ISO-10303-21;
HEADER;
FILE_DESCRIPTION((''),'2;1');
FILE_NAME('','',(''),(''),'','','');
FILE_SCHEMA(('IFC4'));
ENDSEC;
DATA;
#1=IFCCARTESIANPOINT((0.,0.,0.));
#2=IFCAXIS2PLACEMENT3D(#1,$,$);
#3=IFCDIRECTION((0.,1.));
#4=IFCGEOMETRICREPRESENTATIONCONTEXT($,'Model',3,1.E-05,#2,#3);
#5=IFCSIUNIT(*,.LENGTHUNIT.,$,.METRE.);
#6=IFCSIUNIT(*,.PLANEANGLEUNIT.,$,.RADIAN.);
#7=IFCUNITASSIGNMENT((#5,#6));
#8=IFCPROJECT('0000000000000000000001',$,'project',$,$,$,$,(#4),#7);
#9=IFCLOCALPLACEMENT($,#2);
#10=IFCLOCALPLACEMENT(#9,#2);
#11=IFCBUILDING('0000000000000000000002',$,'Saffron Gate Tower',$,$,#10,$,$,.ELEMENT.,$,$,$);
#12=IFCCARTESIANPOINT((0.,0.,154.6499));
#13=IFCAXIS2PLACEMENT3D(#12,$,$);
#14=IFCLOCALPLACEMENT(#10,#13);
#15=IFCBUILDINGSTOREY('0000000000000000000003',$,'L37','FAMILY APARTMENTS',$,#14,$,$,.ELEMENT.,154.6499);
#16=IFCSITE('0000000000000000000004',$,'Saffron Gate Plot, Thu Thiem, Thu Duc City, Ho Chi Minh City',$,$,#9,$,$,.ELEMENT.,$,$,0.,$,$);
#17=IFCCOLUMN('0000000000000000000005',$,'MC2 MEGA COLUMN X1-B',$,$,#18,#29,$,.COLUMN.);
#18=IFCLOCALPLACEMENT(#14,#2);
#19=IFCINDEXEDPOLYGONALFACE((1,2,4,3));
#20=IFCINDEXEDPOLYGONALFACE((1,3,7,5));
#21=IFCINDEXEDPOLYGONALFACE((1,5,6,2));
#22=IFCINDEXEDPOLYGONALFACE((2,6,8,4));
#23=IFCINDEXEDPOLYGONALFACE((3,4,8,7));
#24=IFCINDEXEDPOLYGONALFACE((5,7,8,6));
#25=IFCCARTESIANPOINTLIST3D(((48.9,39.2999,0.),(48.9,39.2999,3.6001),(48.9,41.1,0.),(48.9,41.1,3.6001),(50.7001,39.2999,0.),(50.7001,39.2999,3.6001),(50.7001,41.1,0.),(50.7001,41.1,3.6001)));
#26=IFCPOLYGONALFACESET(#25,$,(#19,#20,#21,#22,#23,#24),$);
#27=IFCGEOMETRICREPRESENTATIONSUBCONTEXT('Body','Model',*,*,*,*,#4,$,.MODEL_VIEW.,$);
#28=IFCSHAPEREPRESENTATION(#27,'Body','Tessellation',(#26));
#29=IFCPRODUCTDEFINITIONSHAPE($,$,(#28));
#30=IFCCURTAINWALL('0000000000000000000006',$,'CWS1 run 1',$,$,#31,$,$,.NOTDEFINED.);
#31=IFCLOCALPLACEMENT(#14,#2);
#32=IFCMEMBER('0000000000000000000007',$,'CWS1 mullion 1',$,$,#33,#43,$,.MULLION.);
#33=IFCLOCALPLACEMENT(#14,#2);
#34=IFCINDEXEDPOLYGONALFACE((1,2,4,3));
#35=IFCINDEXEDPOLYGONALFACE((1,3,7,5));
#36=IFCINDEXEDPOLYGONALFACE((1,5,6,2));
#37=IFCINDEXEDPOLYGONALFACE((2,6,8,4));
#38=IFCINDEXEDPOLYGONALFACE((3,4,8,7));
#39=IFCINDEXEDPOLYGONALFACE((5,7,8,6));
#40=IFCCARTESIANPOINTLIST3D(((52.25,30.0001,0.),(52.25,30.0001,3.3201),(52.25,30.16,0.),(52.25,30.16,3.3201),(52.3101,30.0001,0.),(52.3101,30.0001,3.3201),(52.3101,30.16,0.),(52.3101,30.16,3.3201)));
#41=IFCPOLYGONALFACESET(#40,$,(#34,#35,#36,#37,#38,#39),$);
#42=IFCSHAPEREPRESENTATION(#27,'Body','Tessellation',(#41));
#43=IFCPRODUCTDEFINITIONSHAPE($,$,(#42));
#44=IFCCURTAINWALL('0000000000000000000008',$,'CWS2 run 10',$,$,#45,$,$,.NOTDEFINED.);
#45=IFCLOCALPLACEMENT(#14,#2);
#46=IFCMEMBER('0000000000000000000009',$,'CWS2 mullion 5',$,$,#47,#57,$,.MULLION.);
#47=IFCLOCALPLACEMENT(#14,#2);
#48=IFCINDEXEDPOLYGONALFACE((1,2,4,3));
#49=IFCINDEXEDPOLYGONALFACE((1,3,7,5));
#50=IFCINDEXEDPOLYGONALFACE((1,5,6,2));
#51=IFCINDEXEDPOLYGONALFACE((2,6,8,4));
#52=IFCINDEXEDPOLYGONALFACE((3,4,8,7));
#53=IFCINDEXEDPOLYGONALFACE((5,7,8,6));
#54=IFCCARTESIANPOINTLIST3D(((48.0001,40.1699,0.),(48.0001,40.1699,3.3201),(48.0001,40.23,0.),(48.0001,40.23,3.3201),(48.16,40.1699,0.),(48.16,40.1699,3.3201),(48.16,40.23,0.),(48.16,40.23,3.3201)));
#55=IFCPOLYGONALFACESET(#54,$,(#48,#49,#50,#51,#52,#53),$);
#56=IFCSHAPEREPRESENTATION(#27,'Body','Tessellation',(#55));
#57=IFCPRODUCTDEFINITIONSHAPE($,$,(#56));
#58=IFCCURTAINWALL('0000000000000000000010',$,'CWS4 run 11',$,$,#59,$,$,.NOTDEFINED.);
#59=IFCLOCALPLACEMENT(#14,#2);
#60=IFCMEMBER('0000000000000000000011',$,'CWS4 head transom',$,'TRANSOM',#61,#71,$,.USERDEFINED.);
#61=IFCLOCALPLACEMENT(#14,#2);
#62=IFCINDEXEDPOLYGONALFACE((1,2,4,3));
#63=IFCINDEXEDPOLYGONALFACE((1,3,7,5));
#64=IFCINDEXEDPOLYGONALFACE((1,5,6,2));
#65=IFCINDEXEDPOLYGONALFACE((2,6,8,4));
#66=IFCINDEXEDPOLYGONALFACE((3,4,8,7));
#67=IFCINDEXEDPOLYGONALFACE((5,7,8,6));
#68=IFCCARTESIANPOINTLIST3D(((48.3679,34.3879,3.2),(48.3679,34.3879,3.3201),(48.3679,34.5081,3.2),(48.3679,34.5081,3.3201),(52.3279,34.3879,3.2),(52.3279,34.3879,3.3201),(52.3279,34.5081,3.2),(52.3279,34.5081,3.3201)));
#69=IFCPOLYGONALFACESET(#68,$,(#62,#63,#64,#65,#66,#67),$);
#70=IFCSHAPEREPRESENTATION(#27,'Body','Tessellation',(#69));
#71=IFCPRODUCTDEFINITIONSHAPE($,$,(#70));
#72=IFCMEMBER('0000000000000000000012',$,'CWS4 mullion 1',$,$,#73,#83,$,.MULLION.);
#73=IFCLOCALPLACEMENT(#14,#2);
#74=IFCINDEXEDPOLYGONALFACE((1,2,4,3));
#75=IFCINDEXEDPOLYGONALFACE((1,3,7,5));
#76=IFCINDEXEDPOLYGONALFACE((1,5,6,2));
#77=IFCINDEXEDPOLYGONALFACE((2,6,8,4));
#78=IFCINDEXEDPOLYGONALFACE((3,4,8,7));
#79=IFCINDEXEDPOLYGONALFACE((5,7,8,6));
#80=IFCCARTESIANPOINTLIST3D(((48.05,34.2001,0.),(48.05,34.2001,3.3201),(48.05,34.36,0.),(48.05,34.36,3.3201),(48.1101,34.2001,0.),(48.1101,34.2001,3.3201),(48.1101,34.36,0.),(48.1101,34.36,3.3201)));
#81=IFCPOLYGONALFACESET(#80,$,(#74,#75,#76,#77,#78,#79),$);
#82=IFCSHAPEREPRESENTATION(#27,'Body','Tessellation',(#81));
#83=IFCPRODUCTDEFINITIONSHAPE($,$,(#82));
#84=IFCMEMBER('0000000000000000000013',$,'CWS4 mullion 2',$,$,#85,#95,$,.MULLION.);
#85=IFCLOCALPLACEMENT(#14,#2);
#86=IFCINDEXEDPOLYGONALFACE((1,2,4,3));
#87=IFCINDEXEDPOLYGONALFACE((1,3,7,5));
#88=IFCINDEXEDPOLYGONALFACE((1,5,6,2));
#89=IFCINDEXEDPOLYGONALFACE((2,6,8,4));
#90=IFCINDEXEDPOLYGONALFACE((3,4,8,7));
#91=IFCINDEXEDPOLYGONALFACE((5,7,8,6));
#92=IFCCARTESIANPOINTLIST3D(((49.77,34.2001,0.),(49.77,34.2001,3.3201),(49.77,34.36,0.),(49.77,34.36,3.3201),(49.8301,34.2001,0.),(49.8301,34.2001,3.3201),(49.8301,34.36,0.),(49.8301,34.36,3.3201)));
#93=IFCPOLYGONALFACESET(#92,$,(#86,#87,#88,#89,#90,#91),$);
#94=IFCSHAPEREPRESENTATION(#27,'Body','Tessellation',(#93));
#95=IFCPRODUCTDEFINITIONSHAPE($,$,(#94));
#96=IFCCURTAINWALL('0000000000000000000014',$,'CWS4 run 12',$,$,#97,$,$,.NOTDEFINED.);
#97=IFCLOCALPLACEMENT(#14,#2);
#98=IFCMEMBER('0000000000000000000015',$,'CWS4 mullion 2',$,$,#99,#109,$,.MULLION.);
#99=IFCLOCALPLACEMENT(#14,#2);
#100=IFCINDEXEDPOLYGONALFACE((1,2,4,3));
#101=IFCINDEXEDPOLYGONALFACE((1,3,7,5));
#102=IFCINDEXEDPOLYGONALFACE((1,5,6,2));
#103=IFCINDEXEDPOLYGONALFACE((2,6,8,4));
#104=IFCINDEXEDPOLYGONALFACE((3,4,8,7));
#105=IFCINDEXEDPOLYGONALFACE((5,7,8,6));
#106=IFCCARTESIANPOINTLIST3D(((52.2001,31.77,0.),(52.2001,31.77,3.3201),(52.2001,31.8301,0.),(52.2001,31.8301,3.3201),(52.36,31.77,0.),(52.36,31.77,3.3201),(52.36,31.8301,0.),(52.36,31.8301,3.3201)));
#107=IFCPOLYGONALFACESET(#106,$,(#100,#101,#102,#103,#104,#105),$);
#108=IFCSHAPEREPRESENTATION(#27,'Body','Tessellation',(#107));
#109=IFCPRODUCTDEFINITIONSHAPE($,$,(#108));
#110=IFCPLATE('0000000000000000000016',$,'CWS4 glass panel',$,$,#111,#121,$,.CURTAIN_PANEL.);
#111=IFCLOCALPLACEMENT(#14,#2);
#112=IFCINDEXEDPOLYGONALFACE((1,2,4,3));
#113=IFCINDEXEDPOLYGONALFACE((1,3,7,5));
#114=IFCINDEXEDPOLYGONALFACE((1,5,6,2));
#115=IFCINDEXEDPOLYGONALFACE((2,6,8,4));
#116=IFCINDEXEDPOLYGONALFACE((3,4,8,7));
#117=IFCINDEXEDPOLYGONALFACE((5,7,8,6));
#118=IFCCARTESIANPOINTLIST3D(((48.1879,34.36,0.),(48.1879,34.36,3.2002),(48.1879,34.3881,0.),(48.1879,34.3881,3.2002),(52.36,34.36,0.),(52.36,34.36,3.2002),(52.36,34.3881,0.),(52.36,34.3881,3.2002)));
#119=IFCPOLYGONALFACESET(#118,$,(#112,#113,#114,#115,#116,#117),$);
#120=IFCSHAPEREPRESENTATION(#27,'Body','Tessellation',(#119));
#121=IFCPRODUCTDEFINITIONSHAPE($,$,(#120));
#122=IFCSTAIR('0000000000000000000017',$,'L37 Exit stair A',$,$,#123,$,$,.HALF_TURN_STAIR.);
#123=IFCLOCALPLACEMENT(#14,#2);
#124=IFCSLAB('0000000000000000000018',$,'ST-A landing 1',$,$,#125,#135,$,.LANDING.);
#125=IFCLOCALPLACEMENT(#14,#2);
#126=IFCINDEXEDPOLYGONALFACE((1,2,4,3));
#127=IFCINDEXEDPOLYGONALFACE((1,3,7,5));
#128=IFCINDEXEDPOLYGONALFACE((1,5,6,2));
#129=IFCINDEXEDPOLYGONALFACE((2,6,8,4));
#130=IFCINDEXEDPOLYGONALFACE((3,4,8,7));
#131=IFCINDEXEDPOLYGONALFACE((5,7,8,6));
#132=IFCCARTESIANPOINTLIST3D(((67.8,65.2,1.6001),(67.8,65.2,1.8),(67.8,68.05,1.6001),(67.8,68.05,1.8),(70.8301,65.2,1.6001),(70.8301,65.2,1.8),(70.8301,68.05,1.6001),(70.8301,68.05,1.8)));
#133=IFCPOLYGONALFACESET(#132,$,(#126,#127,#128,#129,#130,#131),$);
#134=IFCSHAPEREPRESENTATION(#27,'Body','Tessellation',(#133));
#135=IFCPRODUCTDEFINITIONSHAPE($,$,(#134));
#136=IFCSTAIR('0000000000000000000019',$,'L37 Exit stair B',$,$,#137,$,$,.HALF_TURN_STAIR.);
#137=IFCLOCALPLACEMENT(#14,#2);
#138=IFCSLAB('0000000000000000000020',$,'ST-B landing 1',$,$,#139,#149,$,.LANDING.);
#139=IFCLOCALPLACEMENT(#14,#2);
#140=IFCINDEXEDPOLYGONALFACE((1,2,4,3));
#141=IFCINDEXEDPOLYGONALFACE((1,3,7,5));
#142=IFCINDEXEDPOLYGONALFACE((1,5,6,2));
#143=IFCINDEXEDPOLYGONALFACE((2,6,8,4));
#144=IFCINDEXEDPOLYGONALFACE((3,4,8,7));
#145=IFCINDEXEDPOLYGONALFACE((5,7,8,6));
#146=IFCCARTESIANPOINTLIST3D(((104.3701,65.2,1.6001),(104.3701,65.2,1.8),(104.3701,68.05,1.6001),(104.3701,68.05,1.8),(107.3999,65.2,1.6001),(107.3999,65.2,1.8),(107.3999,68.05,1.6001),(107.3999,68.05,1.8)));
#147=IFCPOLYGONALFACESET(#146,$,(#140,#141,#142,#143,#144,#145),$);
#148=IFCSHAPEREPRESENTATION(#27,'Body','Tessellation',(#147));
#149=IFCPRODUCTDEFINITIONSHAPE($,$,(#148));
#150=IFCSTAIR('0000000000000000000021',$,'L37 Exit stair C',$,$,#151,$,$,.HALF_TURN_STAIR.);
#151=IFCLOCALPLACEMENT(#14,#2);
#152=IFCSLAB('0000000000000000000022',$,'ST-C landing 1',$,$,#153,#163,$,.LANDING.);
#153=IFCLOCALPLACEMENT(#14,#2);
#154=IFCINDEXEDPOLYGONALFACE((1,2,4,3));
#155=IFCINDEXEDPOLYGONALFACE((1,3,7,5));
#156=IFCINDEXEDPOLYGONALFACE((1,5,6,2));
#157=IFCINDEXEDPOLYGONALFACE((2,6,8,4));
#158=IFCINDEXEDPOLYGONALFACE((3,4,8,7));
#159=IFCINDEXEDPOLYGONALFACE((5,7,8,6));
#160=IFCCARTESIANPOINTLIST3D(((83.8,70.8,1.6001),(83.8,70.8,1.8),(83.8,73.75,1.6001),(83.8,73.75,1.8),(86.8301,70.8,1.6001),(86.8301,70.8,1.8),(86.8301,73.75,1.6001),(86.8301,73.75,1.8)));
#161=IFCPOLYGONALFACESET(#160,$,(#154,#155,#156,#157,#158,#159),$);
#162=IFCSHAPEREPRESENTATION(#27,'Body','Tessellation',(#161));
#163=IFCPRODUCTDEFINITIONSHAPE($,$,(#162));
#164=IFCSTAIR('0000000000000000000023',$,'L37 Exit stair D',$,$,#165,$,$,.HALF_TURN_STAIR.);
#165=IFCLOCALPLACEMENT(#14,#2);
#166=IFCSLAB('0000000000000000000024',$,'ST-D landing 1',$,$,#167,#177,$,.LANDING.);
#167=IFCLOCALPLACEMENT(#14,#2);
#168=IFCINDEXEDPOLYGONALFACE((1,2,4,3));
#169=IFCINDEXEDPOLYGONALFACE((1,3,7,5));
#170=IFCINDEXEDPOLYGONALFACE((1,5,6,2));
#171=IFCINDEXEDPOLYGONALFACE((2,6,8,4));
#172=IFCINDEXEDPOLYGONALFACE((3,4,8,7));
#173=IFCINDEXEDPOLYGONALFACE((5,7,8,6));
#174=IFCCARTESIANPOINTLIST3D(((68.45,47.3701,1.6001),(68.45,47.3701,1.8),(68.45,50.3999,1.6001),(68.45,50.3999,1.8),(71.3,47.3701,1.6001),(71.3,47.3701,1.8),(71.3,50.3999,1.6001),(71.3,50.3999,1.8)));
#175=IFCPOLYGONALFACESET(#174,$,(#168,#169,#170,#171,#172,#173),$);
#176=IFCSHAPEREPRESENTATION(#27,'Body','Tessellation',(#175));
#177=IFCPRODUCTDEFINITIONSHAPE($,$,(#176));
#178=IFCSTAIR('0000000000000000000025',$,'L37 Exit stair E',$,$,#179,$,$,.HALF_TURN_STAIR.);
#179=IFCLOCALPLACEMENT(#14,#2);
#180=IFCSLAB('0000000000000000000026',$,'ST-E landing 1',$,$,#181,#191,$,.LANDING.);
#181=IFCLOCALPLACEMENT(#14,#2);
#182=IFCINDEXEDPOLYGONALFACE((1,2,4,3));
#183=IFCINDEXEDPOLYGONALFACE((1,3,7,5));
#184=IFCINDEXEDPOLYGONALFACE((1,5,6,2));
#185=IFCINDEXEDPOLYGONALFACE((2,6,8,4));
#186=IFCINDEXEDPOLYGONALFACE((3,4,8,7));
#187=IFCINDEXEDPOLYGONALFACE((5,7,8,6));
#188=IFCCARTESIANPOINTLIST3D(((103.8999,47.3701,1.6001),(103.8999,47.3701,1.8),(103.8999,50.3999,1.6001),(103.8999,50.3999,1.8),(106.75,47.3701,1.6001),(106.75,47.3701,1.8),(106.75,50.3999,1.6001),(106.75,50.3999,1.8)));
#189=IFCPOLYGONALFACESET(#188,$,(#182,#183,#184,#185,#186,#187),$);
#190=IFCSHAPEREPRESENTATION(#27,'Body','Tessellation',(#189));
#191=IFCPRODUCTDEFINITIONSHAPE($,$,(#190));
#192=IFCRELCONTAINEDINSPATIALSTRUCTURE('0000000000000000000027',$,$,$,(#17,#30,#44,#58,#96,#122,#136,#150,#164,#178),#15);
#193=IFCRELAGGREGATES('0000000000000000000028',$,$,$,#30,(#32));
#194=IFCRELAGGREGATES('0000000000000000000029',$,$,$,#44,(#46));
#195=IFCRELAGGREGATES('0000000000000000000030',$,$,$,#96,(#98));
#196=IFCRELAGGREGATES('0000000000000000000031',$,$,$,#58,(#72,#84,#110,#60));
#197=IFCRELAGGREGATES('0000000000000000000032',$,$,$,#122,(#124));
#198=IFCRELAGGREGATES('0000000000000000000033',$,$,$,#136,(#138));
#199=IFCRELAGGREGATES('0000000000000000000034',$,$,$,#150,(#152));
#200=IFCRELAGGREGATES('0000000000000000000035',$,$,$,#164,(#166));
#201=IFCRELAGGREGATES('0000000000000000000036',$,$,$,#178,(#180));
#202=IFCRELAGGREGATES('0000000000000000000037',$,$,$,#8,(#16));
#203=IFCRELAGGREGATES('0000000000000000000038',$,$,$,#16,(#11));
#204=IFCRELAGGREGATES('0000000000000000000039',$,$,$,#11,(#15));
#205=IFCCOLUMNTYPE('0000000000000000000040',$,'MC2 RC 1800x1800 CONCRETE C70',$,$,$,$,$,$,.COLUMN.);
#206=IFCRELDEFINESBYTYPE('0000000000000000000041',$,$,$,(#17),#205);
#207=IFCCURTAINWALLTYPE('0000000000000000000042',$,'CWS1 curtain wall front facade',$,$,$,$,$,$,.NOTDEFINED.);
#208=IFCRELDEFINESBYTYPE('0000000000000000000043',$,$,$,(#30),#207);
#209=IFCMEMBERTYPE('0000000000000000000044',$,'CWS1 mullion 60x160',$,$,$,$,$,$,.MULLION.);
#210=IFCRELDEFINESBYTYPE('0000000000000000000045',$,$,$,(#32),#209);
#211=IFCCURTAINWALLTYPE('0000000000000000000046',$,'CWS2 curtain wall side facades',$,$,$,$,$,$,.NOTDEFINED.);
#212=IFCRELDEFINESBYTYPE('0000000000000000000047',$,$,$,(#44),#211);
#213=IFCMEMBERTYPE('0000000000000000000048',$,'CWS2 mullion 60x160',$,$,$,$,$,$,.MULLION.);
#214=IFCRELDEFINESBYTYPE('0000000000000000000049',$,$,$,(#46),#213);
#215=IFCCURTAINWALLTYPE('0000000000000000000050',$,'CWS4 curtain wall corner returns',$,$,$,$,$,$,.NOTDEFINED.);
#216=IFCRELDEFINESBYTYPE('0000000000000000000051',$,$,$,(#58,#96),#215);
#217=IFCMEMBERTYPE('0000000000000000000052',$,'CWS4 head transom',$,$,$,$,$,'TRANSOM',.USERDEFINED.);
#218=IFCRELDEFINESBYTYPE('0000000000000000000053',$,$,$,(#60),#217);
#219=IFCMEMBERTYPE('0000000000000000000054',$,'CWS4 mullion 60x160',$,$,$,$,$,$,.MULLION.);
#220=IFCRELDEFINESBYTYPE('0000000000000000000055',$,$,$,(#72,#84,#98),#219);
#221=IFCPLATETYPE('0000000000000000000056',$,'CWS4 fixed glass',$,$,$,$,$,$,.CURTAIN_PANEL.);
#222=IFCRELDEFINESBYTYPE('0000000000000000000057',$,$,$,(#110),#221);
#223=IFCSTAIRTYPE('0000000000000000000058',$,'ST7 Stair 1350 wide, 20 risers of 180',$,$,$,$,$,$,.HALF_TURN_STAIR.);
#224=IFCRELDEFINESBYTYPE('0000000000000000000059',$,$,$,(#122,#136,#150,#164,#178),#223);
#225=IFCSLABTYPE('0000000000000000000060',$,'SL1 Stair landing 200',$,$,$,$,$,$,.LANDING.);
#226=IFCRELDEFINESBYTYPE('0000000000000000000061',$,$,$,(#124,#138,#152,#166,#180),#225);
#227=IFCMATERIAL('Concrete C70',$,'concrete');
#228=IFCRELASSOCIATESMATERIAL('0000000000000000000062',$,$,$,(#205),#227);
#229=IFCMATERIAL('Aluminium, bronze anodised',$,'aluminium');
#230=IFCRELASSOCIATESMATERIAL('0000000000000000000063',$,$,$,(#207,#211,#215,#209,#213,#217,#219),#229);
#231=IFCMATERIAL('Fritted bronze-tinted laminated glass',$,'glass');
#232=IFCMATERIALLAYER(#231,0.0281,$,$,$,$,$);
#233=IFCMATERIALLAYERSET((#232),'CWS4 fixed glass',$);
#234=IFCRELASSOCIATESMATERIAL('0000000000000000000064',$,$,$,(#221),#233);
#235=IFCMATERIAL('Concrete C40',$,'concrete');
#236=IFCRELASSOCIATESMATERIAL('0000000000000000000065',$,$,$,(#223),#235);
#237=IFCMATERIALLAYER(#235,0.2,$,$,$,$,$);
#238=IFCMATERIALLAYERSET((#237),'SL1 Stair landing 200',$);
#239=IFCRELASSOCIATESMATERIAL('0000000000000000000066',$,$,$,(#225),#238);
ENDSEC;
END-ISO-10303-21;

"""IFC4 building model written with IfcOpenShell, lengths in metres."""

from ifc_helpers import new_model, si_unit, direction, frame, frame_2d, origin, origin_2d, place, context, subcontext, project, spatial, polyline, rectangle, outline, extrude, material, layer, layer_set, material_profile, profile_set, type_object, element, aggregate, save


model = new_model("IFC4")

# Units and contexts
model_context = context("Model", 3, precision=1e-05, world=origin(), true_north=direction((0.0, 1.0)))
body_context = subcontext(model_context, "Body", "Model", "MODEL_VIEW")
ifc_project = project(units=[si_unit("LENGTHUNIT", "METRE"), si_unit("PLANEANGLEUNIT", "RADIAN")], contexts=[model_context])

# Site, building, storey
site_placement = place(None, origin())
site = spatial("IfcSite", under=ifc_project, at=site_placement, Name="Saffron Gate Plot, Thu Thiem, Thu Duc City, Ho Chi Minh City", CompositionType="ELEMENT", RefElevation=0.0)
building_placement = place(site_placement, origin())
building = spatial("IfcBuilding", under=site, at=building_placement, Name="Saffron Gate Tower", CompositionType="ELEMENT")
storey_placement = place(building_placement, frame((0.0, 0.0, 154.6499)))
storey = spatial("IfcBuildingStorey", under=building, at=storey_placement, Name="L37", Description="FAMILY APARTMENTS", CompositionType="ELEMENT", Elevation=154.6499)

# Column
ifc_material_1 = material(Name="Concrete C70", Category="concrete")
ifc_material_profile_1 = material_profile(ifc_material_1, rectangle(XDim=1.8, YDim=1.8, at=origin_2d()))
ifc_profile_set_1 = profile_set([ifc_material_profile_1], Name="Concrete C70")
column_type = type_object("IfcColumnType", Name="MC2 RC 1800x1800 CONCRETE C70", PredefinedType="COLUMN", material=ifc_profile_set_1)
column_placement = place(storey_placement, frame((49.8, 40.2, 0.0), z_axis=(0.0, 0.0, 1.0), x_axis=(1.0, 0.0, 0.0)))
element("IfcColumn", 1, at=column_placement, inside=storey, type_object=column_type, Name="MC2 MEGA COLUMN X1-B", PredefinedType="COLUMN", context=body_context, shape_type="SweptSolid", body=[
    extrude(rectangle(XDim=1.8, YDim=1.8, at=origin_2d()), origin(), (0.0, 0.0, 1.0), 3.6001),
])

# Curtain walls, members
ifc_material_2 = material(Name="Aluminium, bronze anodised", Category="aluminium")
curtain_wall_type_1 = type_object("IfcCurtainWallType", Name="CWS1 curtain wall front facade", PredefinedType="NOTDEFINED", material=ifc_material_2)
curtain_wall_1_placement = place(storey_placement, origin())
curtain_wall_1 = element("IfcCurtainWall", 2, at=curtain_wall_1_placement, inside=storey, type_object=curtain_wall_type_1, Name="CWS1 run 1", PredefinedType="NOTDEFINED")
ifc_material_profile_2 = material_profile(ifc_material_2, rectangle(XDim=0.1599, YDim=0.0601, at=origin_2d()))
ifc_profile_set_2 = profile_set([ifc_material_profile_2], Name="Aluminium, bronze anodised")
member_type_1 = type_object("IfcMemberType", Name="CWS1 mullion 60x160", PredefinedType="MULLION", material=ifc_profile_set_2)
member_1_placement = place(storey_placement, frame((52.28, 30.0801, 0.0), z_axis=(0.0, 0.0, 1.0), x_axis=(0.0, 1.0, 0.0)))
member_1 = element("IfcMember", 3, at=member_1_placement, type_object=member_type_1, Name="CWS1 mullion 1", PredefinedType="MULLION", context=body_context, shape_type="SweptSolid", body=[
    extrude(rectangle(XDim=0.1599, YDim=0.0601, at=origin_2d()), origin(), (0.0, 0.0, 1.0), 3.3201),
])
aggregate(curtain_wall_1, [member_1])
curtain_wall_type_2 = type_object("IfcCurtainWallType", Name="CWS2 curtain wall side facades", PredefinedType="NOTDEFINED", material=ifc_material_2)
curtain_wall_2_placement = place(storey_placement, origin())
curtain_wall_2 = element("IfcCurtainWall", 4, at=curtain_wall_2_placement, inside=storey, type_object=curtain_wall_type_2, Name="CWS2 run 10", PredefinedType="NOTDEFINED")
ifc_material_profile_3 = material_profile(ifc_material_2, rectangle(XDim=0.1599, YDim=0.0601, at=origin_2d()))
ifc_profile_set_3 = profile_set([ifc_material_profile_3], Name="Aluminium, bronze anodised")
member_type_2 = type_object("IfcMemberType", Name="CWS2 mullion 60x160", PredefinedType="MULLION", material=ifc_profile_set_3)
member_2_placement = place(storey_placement, frame((48.0801, 40.2, 0.0), z_axis=(0.0, 0.0, 1.0), x_axis=(1.0, 0.0, 0.0)))
member_2 = element("IfcMember", 5, at=member_2_placement, type_object=member_type_2, Name="CWS2 mullion 5", PredefinedType="MULLION", context=body_context, shape_type="SweptSolid", body=[
    extrude(rectangle(XDim=0.1599, YDim=0.0601, at=origin_2d()), origin(), (0.0, 0.0, 1.0), 3.3201),
])
aggregate(curtain_wall_2, [member_2])

# Curtain wall, members
curtain_wall_type_3 = type_object("IfcCurtainWallType", Name="CWS4 curtain wall corner returns", PredefinedType="NOTDEFINED", material=ifc_material_2)
curtain_wall_3_placement = place(storey_placement, origin())
curtain_wall_3 = element("IfcCurtainWall", 6, at=curtain_wall_3_placement, inside=storey, type_object=curtain_wall_type_3, Name="CWS4 run 11", PredefinedType="NOTDEFINED")
ifc_material_profile_4 = material_profile(ifc_material_2, rectangle(XDim=0.1201, YDim=0.1201, at=origin_2d()))
ifc_profile_set_4 = profile_set([ifc_material_profile_4], Name="Aluminium, bronze anodised")
member_type_3 = type_object("IfcMemberType", Name="CWS4 head transom", ElementType="TRANSOM", PredefinedType="USERDEFINED", material=ifc_profile_set_4)
member_3_placement = place(storey_placement, frame((48.3679, 34.448, 3.26), z_axis=(1.0, 0.0, 0.0), x_axis=(0.0, 1.0, 0.0)))
member_3 = element("IfcMember", 7, at=member_3_placement, type_object=member_type_3, Name="CWS4 head transom", ObjectType="TRANSOM", PredefinedType="USERDEFINED", context=body_context, shape_type="SweptSolid", body=[
    extrude(rectangle(XDim=0.1201, YDim=0.1201, at=origin_2d()), origin(), (0.0, 0.0, 1.0), 3.96),
])
ifc_material_profile_5 = material_profile(ifc_material_2, rectangle(XDim=0.1599, YDim=0.0601, at=origin_2d()))
ifc_profile_set_5 = profile_set([ifc_material_profile_5], Name="Aluminium, bronze anodised")
member_type_4 = type_object("IfcMemberType", Name="CWS4 mullion 60x160", PredefinedType="MULLION", material=ifc_profile_set_5)
member_4_placement = place(storey_placement, frame((48.0801, 34.28, 0.0), z_axis=(0.0, 0.0, 1.0), x_axis=(0.0, 1.0, 0.0)))
member_4 = element("IfcMember", 8, at=member_4_placement, type_object=member_type_4, Name="CWS4 mullion 1", PredefinedType="MULLION", context=body_context, shape_type="SweptSolid", body=[
    extrude(rectangle(XDim=0.1599, YDim=0.0601, at=origin_2d()), origin(), (0.0, 0.0, 1.0), 3.3201),
])
member_5_placement = place(storey_placement, frame((49.8, 34.28, 0.0), z_axis=(0.0, 0.0, 1.0), x_axis=(0.0, 1.0, 0.0)))
member_5 = element("IfcMember", 9, at=member_5_placement, type_object=member_type_4, Name="CWS4 mullion 2", PredefinedType="MULLION", context=body_context, shape_type="SweptSolid", body=[
    extrude(rectangle(XDim=0.1599, YDim=0.0601, at=origin_2d()), origin(), (0.0, 0.0, 1.0), 3.3201),
])

# Curtain wall, member
curtain_wall_4_placement = place(storey_placement, origin())
curtain_wall_4 = element("IfcCurtainWall", 10, at=curtain_wall_4_placement, inside=storey, type_object=curtain_wall_type_3, Name="CWS4 run 12", PredefinedType="NOTDEFINED")
member_6_placement = place(storey_placement, frame((52.28, 31.8, 0.0), z_axis=(0.0, 0.0, 1.0), x_axis=(1.0, 0.0, 0.0)))
member_6 = element("IfcMember", 11, at=member_6_placement, type_object=member_type_4, Name="CWS4 mullion 2", PredefinedType="MULLION", context=body_context, shape_type="SweptSolid", body=[
    extrude(rectangle(XDim=0.1599, YDim=0.0601, at=origin_2d()), origin(), (0.0, 0.0, 1.0), 3.3201),
])
aggregate(curtain_wall_4, [member_6])

# Plate
ifc_material_3 = material(Name="Fritted bronze-tinted laminated glass", Category="glass")
ifc_layer_1 = layer(ifc_material_3, 0.0281)
ifc_layer_set_1 = layer_set([ifc_layer_1], Name="CWS4 fixed glass")
plate_type_1 = type_object("IfcPlateType", Name="CWS4 fixed glass", PredefinedType="CURTAIN_PANEL", material=ifc_layer_set_1)
plate_1_placement = place(storey_placement, frame((48.188, 34.374, 0.0), z_axis=(0.0, 0.0, 1.0), x_axis=(1.0, 0.0, 0.0)))
plate_1 = element("IfcPlate", 12, at=plate_1_placement, type_object=plate_type_1, Name="CWS4 glass panel", PredefinedType="CURTAIN_PANEL", context=body_context, shape_type="SweptSolid", body=[
    extrude(rectangle(XDim=4.1721, YDim=0.0281, at=frame_2d((2.0859, 0.0))), origin(), (0.0, 0.0, 1.0), 3.2002),
])
aggregate(curtain_wall_3, [member_4, member_5, plate_1, member_3])

# Stairs, slabs
ifc_material_4 = material(Name="Concrete C40", Category="concrete")
stair_type = type_object("IfcStairType", Name="ST7 Stair 1350 wide, 20 risers of 180", PredefinedType="HALF_TURN_STAIR", material=ifc_material_4)
stair_1_placement = place(storey_placement, origin())
stair_1 = element("IfcStair", 13, at=stair_1_placement, inside=storey, type_object=stair_type, Name="L37 Exit stair A", PredefinedType="HALF_TURN_STAIR")
ifc_layer_2 = layer(ifc_material_4, 0.2)
ifc_layer_set_2 = layer_set([ifc_layer_2], Name="SL1 Stair landing 200")
slab_type_1 = type_object("IfcSlabType", Name="SL1 Stair landing 200", PredefinedType="LANDING", material=ifc_layer_set_2)
slab_1_placement = place(storey_placement, frame((0.0, 0.0, 1.6001)))
slab_1 = element("IfcSlab", 14, at=slab_1_placement, type_object=slab_type_1, Name="ST-A landing 1", PredefinedType="LANDING", context=body_context, shape_type="SweptSolid", body=[
    extrude(outline(polyline([(70.8301, 68.05), (67.8, 68.05), (67.8, 65.2), (70.8301, 65.2), (70.8301, 68.05)])), origin(), (0.0, 0.0, 1.0), 0.2),
])
aggregate(stair_1, [slab_1])
stair_2_placement = place(storey_placement, origin())
stair_2 = element("IfcStair", 15, at=stair_2_placement, inside=storey, type_object=stair_type, Name="L37 Exit stair B", PredefinedType="HALF_TURN_STAIR")
slab_2_placement = place(storey_placement, frame((0.0, 0.0, 1.6001)))
slab_2 = element("IfcSlab", 16, at=slab_2_placement, type_object=slab_type_1, Name="ST-B landing 1", PredefinedType="LANDING", context=body_context, shape_type="SweptSolid", body=[
    extrude(outline(polyline([(104.3701, 65.2), (107.3999, 65.2), (107.3999, 68.05), (104.3701, 68.05), (104.3701, 65.2)])), origin(), (0.0, 0.0, 1.0), 0.2),
])
aggregate(stair_2, [slab_2])
stair_3_placement = place(storey_placement, origin())
stair_3 = element("IfcStair", 17, at=stair_3_placement, inside=storey, type_object=stair_type, Name="L37 Exit stair C", PredefinedType="HALF_TURN_STAIR")
slab_3_placement = place(storey_placement, frame((0.0, 0.0, 1.6001)))
slab_3 = element("IfcSlab", 18, at=slab_3_placement, type_object=slab_type_1, Name="ST-C landing 1", PredefinedType="LANDING", context=body_context, shape_type="SweptSolid", body=[
    extrude(outline(polyline([(86.8301, 73.75), (83.8, 73.75), (83.8, 70.8), (86.8301, 70.8), (86.8301, 73.75)])), origin(), (0.0, 0.0, 1.0), 0.2),
])
aggregate(stair_3, [slab_3])
stair_4_placement = place(storey_placement, origin())
stair_4 = element("IfcStair", 19, at=stair_4_placement, inside=storey, type_object=stair_type, Name="L37 Exit stair D", PredefinedType="HALF_TURN_STAIR")
slab_4_placement = place(storey_placement, frame((0.0, 0.0, 1.6001)))
slab_4 = element("IfcSlab", 20, at=slab_4_placement, type_object=slab_type_1, Name="ST-D landing 1", PredefinedType="LANDING", context=body_context, shape_type="SweptSolid", body=[
    extrude(outline(polyline([(71.3, 47.3701), (71.3, 50.3999), (68.45, 50.3999), (68.45, 47.3701), (71.3, 47.3701)])), origin(), (0.0, 0.0, 1.0), 0.2),
])
aggregate(stair_4, [slab_4])
stair_5_placement = place(storey_placement, origin())
stair_5 = element("IfcStair", 21, at=stair_5_placement, inside=storey, type_object=stair_type, Name="L37 Exit stair E", PredefinedType="HALF_TURN_STAIR")
slab_5_placement = place(storey_placement, frame((0.0, 0.0, 1.6001)))
slab_5 = element("IfcSlab", 22, at=slab_5_placement, type_object=slab_type_1, Name="ST-E landing 1", PredefinedType="LANDING", context=body_context, shape_type="SweptSolid", body=[
    extrude(outline(polyline([(106.75, 47.3701), (106.75, 50.3999), (103.8999, 50.3999), (103.8999, 47.3701), (106.75, 47.3701)])), origin(), (0.0, 0.0, 1.0), 0.2),
])
aggregate(stair_5, [slab_5])

save(model, "model.ifc")
